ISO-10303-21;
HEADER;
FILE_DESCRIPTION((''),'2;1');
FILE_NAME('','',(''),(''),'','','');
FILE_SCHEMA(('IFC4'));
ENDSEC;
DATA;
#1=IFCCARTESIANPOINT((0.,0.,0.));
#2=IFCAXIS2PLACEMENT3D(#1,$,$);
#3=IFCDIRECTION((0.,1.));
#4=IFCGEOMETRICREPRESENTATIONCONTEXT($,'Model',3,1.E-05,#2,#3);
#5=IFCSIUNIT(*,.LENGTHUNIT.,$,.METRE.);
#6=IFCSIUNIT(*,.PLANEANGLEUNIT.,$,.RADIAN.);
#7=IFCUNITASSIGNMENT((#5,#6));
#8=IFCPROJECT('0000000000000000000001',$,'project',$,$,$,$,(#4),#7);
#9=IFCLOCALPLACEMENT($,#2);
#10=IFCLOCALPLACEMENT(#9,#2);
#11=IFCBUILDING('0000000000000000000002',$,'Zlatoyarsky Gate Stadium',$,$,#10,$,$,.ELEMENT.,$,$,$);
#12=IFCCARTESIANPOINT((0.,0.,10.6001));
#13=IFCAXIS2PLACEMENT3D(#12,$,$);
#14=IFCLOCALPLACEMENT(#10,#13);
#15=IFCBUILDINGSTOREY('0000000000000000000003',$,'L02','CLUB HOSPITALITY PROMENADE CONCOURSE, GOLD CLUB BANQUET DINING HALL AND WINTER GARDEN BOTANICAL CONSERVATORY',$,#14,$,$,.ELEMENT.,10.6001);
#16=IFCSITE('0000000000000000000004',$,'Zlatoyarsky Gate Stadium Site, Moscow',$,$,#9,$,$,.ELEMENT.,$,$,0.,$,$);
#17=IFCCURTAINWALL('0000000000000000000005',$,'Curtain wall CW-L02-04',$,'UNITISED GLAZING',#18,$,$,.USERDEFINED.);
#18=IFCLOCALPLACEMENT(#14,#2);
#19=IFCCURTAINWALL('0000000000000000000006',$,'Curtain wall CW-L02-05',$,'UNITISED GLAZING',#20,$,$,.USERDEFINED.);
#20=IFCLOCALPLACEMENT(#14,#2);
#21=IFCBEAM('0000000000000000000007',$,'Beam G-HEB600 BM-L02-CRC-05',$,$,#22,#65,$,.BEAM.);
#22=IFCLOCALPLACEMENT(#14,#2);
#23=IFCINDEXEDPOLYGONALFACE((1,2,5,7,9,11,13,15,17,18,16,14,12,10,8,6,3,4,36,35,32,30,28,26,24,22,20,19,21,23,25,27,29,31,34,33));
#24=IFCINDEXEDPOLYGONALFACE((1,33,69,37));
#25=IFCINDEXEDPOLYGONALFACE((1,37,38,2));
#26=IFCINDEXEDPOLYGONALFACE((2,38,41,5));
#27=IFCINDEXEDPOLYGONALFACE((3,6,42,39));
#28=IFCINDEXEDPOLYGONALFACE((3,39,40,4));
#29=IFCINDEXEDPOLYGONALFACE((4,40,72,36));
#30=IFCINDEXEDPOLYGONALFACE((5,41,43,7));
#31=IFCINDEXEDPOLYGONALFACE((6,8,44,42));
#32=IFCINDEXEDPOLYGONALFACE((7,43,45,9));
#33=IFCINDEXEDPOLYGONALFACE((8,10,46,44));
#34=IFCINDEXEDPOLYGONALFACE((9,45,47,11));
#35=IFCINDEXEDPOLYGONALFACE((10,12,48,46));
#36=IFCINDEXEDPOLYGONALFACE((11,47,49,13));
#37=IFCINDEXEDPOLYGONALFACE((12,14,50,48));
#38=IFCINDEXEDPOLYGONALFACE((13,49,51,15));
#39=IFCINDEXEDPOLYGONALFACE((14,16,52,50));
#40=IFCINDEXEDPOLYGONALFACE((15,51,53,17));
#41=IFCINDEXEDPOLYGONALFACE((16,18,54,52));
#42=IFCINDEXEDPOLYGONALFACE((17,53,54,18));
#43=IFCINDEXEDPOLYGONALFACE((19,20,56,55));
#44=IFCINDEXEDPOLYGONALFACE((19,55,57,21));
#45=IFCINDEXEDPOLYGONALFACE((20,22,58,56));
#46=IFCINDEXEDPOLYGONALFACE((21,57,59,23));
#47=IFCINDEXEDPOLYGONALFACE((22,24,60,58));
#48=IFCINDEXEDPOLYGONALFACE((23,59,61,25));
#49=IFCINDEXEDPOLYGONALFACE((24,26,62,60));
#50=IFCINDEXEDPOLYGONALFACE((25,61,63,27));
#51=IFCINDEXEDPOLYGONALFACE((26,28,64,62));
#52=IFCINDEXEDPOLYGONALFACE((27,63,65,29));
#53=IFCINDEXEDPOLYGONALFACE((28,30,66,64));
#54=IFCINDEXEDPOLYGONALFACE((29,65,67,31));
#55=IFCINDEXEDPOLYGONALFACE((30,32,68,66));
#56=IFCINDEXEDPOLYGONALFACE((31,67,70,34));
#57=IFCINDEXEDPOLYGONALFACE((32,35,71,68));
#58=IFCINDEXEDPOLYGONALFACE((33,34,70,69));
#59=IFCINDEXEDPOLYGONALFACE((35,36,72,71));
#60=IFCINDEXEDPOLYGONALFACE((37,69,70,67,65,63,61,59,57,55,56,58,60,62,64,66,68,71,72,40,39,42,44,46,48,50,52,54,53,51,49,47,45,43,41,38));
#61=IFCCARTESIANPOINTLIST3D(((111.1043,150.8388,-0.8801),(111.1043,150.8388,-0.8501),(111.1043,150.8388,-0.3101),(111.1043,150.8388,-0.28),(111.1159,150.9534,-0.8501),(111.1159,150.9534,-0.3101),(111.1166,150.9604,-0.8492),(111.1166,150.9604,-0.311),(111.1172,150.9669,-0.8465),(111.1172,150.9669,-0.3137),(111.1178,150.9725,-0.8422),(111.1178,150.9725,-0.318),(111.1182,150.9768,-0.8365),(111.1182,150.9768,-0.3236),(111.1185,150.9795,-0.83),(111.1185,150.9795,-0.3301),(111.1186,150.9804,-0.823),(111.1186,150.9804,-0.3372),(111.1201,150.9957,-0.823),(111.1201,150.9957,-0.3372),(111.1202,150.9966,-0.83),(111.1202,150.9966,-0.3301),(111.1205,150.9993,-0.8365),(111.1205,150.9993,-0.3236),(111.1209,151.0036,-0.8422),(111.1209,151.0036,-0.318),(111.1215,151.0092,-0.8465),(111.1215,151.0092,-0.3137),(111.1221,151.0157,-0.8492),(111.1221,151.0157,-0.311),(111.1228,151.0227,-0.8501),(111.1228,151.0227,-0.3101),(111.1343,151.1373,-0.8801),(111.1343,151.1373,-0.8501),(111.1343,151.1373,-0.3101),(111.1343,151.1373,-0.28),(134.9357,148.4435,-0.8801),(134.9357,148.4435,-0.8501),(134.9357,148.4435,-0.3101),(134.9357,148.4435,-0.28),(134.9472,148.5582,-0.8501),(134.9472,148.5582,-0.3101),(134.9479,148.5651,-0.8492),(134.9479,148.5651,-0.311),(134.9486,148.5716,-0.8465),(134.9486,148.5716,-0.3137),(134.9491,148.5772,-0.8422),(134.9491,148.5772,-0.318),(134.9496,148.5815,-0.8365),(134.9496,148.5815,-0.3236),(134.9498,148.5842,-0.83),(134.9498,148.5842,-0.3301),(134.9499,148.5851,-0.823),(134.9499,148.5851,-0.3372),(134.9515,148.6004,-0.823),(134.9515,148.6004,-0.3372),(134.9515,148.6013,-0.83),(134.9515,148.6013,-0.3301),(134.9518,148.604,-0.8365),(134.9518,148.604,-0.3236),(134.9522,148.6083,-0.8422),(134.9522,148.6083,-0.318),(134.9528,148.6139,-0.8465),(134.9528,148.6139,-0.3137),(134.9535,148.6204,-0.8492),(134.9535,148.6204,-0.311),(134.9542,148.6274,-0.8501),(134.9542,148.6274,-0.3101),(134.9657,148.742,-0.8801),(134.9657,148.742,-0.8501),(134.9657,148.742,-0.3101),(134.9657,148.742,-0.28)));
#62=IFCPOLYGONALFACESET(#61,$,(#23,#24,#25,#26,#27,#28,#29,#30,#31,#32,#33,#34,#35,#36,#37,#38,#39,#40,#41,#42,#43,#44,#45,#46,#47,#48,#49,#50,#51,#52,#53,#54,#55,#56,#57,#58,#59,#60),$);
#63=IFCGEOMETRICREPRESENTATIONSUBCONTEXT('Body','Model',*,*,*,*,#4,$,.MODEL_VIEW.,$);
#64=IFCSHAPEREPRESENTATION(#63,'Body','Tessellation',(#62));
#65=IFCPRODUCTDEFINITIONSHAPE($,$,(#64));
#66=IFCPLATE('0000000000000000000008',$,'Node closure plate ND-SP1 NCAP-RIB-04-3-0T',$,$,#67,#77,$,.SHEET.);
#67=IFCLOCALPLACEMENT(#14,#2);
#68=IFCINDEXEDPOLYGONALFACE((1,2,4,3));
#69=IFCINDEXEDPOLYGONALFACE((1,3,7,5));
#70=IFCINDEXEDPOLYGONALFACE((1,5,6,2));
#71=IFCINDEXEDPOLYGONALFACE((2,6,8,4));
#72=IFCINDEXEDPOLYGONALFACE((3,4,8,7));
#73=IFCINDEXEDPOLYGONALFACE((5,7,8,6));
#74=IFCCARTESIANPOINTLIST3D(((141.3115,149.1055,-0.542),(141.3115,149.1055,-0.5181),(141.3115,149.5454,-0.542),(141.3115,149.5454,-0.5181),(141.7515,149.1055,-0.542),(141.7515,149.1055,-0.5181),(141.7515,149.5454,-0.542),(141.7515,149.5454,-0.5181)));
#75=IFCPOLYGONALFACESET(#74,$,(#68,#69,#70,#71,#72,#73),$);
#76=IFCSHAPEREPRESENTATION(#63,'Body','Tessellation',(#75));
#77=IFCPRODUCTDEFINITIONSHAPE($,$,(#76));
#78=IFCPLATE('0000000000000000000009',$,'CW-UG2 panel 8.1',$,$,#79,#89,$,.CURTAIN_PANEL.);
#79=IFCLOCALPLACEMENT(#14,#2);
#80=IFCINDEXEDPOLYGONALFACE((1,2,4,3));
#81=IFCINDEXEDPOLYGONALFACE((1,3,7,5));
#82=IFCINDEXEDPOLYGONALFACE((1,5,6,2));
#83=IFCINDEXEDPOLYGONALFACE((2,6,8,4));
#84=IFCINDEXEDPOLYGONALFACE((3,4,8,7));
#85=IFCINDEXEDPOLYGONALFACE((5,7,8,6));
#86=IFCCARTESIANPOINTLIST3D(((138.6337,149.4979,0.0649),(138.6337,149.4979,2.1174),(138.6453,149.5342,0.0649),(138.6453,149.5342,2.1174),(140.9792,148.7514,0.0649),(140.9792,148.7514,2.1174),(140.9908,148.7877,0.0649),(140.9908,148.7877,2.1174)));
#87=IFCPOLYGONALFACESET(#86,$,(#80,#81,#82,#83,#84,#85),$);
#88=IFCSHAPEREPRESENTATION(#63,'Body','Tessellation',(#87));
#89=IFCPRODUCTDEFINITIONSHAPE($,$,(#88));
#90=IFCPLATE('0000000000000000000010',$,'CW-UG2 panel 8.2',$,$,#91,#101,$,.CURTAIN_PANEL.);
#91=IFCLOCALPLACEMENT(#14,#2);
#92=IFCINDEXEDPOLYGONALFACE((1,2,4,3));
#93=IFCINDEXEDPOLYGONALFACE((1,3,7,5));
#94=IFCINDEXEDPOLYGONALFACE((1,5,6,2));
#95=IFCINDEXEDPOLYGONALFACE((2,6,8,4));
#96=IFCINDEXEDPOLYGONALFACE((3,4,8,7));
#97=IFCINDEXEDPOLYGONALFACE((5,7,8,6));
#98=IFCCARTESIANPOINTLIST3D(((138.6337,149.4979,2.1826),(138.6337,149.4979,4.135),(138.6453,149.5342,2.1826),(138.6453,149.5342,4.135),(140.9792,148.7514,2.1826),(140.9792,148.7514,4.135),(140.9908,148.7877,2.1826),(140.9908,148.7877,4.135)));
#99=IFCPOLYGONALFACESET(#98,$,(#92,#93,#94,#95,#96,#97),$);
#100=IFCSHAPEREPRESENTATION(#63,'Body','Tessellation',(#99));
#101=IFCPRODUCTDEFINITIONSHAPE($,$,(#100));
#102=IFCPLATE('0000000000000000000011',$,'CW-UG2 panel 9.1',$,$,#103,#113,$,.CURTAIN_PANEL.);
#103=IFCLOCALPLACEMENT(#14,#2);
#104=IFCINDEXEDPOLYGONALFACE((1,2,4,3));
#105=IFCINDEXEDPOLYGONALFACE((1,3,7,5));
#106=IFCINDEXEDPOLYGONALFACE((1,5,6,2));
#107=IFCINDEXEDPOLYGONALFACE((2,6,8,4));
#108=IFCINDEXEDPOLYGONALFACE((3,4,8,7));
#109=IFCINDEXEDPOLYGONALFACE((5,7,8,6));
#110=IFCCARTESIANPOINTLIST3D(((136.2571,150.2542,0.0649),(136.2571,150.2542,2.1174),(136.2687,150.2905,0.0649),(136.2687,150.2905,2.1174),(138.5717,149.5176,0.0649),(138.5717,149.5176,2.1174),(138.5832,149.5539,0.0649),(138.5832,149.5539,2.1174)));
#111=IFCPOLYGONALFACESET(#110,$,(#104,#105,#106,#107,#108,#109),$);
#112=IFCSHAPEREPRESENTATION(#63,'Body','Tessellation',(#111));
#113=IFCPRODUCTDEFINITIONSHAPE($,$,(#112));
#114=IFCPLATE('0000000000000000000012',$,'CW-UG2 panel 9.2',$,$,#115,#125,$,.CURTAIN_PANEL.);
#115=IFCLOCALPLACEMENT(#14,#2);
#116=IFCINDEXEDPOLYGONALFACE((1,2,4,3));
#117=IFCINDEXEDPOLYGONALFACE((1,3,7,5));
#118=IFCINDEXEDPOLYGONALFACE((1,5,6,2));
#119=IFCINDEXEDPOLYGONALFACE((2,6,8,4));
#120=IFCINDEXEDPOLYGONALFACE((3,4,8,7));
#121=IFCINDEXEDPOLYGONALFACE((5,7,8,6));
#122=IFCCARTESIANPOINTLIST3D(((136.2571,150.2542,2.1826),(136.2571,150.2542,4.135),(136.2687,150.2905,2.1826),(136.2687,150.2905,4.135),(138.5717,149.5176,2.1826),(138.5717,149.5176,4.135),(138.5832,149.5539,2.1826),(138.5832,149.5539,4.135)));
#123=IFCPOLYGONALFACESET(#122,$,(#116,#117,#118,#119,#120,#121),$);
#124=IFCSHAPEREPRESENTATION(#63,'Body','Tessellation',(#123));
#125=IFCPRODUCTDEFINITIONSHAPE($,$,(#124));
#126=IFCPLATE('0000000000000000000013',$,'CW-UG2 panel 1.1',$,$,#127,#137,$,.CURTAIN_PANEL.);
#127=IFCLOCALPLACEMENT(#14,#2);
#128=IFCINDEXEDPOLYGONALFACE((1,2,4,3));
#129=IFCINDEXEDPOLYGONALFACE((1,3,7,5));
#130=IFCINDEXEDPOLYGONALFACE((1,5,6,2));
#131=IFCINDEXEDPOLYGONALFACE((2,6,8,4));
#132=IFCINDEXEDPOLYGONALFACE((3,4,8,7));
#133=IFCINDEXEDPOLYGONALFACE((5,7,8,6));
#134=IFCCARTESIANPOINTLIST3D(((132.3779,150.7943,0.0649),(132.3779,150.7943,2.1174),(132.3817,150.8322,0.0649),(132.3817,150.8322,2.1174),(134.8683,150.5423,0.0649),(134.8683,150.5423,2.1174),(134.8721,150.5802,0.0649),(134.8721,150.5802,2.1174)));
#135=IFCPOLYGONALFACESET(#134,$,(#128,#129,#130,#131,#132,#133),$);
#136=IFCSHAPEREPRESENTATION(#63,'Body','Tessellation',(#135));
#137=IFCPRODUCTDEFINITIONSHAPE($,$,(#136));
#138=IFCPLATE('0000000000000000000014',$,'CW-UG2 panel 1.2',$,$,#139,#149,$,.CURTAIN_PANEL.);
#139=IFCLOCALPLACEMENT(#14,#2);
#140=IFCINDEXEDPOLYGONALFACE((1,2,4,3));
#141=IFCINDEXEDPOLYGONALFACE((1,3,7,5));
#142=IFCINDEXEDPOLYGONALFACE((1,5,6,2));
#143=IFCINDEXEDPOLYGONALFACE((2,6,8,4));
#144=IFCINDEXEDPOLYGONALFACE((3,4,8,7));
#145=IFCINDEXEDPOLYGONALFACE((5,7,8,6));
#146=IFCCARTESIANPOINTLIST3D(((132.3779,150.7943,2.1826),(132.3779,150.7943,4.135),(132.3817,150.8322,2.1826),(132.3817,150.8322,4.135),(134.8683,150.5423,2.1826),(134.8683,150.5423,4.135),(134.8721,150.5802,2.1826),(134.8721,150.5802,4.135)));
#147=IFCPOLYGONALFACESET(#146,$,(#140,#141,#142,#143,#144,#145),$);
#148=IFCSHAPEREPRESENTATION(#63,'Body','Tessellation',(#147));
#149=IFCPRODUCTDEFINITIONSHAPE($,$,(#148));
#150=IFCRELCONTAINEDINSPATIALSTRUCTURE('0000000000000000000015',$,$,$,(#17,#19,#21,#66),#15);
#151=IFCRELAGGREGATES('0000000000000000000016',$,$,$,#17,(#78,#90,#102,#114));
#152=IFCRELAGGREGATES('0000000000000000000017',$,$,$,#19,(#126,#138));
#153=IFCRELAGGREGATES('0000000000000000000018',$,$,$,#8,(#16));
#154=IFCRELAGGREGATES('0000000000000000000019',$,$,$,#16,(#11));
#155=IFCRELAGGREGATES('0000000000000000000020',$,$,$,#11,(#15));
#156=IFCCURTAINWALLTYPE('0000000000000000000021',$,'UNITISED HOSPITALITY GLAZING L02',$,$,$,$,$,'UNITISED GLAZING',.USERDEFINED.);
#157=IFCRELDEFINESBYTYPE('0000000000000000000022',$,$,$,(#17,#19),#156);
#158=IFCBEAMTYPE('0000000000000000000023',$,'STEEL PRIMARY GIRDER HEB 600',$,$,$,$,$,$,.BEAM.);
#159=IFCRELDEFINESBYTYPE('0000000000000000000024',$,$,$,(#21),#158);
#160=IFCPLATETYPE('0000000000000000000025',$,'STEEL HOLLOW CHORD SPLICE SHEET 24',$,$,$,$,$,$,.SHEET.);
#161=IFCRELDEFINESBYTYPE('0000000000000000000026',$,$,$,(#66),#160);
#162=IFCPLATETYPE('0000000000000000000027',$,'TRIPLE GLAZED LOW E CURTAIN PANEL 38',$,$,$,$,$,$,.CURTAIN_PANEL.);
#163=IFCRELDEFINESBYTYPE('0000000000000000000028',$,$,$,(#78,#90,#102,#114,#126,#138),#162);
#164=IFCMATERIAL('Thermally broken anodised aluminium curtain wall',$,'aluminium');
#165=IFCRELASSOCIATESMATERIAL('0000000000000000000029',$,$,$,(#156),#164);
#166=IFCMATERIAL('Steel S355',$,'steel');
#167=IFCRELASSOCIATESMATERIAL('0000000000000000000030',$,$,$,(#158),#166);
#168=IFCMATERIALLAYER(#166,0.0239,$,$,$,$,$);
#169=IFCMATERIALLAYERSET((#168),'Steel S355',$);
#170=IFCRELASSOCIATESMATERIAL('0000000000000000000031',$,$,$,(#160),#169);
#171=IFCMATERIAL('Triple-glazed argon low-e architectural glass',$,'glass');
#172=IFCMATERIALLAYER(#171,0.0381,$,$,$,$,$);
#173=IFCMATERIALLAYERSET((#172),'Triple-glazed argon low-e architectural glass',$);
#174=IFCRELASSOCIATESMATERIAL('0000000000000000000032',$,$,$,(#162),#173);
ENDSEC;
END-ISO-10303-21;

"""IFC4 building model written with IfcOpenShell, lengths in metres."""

from ifc_helpers import new_model, si_unit, direction, frame, origin, origin_2d, place, context, subcontext, project, spatial, rectangle, i_section, extrude, material, layer, layer_set, material_profile, profile_set, type_object, element, aggregate, save


model = new_model("IFC4")

# Units and contexts
model_context = context("Model", 3, precision=1e-05, world=origin(), true_north=direction((0.0, 1.0)))
body_context = subcontext(model_context, "Body", "Model", "MODEL_VIEW")
ifc_project = project(units=[si_unit("LENGTHUNIT", "METRE"), si_unit("PLANEANGLEUNIT", "RADIAN")], contexts=[model_context])

# Site, building, storey
site_placement = place(None, origin())
site = spatial("IfcSite", under=ifc_project, at=site_placement, Name="Zlatoyarsky Gate Stadium Site, Moscow", CompositionType="ELEMENT", RefElevation=0.0)
building_placement = place(site_placement, origin())
building = spatial("IfcBuilding", under=site, at=building_placement, Name="Zlatoyarsky Gate Stadium", CompositionType="ELEMENT")
storey_placement = place(building_placement, frame((0.0, 0.0, 10.6001)))
storey = spatial("IfcBuildingStorey", under=building, at=storey_placement, Name="L02", Description="CLUB HOSPITALITY PROMENADE CONCOURSE, GOLD CLUB BANQUET DINING HALL AND WINTER GARDEN BOTANICAL CONSERVATORY", CompositionType="ELEMENT", Elevation=10.6001)

# Shared definitions
ifc_material_1 = material(Name="Steel S355", Category="steel")

# Curtain walls
ifc_material_2 = material(Name="Thermally broken anodised aluminium curtain wall", Category="aluminium")
curtain_wall_type = type_object("IfcCurtainWallType", Name="UNITISED HOSPITALITY GLAZING L02", ElementType="UNITISED GLAZING", PredefinedType="USERDEFINED", material=ifc_material_2)
curtain_wall_1_placement = place(storey_placement, origin())
curtain_wall_1 = element("IfcCurtainWall", 1, at=curtain_wall_1_placement, inside=storey, type_object=curtain_wall_type, Name="Curtain wall CW-L02-04", ObjectType="UNITISED GLAZING", PredefinedType="USERDEFINED")
curtain_wall_2_placement = place(storey_placement, origin())
curtain_wall_2 = element("IfcCurtainWall", 2, at=curtain_wall_2_placement, inside=storey, type_object=curtain_wall_type, Name="Curtain wall CW-L02-05", ObjectType="UNITISED GLAZING", PredefinedType="USERDEFINED")

# Beam
ifc_material_profile_1 = material_profile(ifc_material_1, i_section(OverallWidth=0.3, OverallDepth=0.6001, WebThickness=0.0154, FlangeThickness=0.03, FilletRadius=0.0271, at=origin_2d()), Name="HEB 600")
ifc_profile_set_1 = profile_set([ifc_material_profile_1], Name="Steel S355")
beam_type_1 = type_object("IfcBeamType", Name="STEEL PRIMARY GIRDER HEB 600", PredefinedType="BEAM", material=ifc_profile_set_1)
beam_1_placement = place(storey_placement, frame((134.9507, 148.5928, -0.5801), z_axis=(-0.994987, 0.100005, 0.0), x_axis=(-0.100005, -0.994987, 0.0)))
element("IfcBeam", 3, at=beam_1_placement, inside=storey, type_object=beam_type_1, Name="Beam G-HEB600 BM-L02-CRC-05", PredefinedType="BEAM", context=body_context, shape_type="SweptSolid", body=[
    extrude(i_section(OverallWidth=0.3, OverallDepth=0.6001, WebThickness=0.0154, FlangeThickness=0.03, FilletRadius=0.0271, at=origin_2d()), origin(), (0.0, 0.0, 1.0), 23.9514),
])

# Plates
ifc_layer_1 = layer(ifc_material_1, 0.0239)
ifc_layer_set_1 = layer_set([ifc_layer_1], Name="Steel S355")
plate_type_1 = type_object("IfcPlateType", Name="STEEL HOLLOW CHORD SPLICE SHEET 24", PredefinedType="SHEET", material=ifc_layer_set_1)
plate_1_placement = place(storey_placement, frame((141.5315, 149.3254, -0.542), z_axis=(0.0, 0.0, 1.0), x_axis=(1.0, 0.0, 0.0)))
element("IfcPlate", 4, at=plate_1_placement, inside=storey, type_object=plate_type_1, Name="Node closure plate ND-SP1 NCAP-RIB-04-3-0T", PredefinedType="SHEET", context=body_context, shape_type="SweptSolid", body=[
    extrude(rectangle(XDim=0.4399, YDim=0.4399, at=origin_2d()), origin(), (0.0, 0.0, 1.0), 0.0239),
])
ifc_material_3 = material(Name="Triple-glazed argon low-e architectural glass", Category="glass")
ifc_layer_2 = layer(ifc_material_3, 0.0381)
ifc_layer_set_2 = layer_set([ifc_layer_2], Name="Triple-glazed argon low-e architectural glass")
plate_type_2 = type_object("IfcPlateType", Name="TRIPLE GLAZED LOW E CURTAIN PANEL 38", PredefinedType="CURTAIN_PANEL", material=ifc_layer_set_2)
plate_2_placement = place(storey_placement, frame((139.8123, 149.1428, 0.0649), z_axis=(0.0, 0.0, 1.0), x_axis=(-0.952902, 0.303278, 0.0)))
plate_2 = element("IfcPlate", 5, at=plate_2_placement, type_object=plate_type_2, Name="CW-UG2 panel 8.1", PredefinedType="CURTAIN_PANEL", context=body_context, shape_type="SweptSolid", body=[
    extrude(rectangle(XDim=2.4614, YDim=0.0381, at=origin_2d()), origin(), (0.0, 0.0, 1.0), 2.0525),
])
plate_3_placement = place(storey_placement, frame((139.8123, 149.1428, 2.1826), z_axis=(0.0, 0.0, 1.0), x_axis=(-0.952902, 0.303278, 0.0)))
plate_3 = element("IfcPlate", 6, at=plate_3_placement, type_object=plate_type_2, Name="CW-UG2 panel 8.2", PredefinedType="CURTAIN_PANEL", context=body_context, shape_type="SweptSolid", body=[
    extrude(rectangle(XDim=2.4614, YDim=0.0381, at=origin_2d()), origin(), (0.0, 0.0, 1.0), 1.9524),
])
plate_4_placement = place(storey_placement, frame((137.4202, 149.9041, 0.0649), z_axis=(0.0, 0.0, 1.0), x_axis=(-0.952902, 0.303278, 0.0)))
plate_4 = element("IfcPlate", 7, at=plate_4_placement, type_object=plate_type_2, Name="CW-UG2 panel 9.1", PredefinedType="CURTAIN_PANEL", context=body_context, shape_type="SweptSolid", body=[
    extrude(rectangle(XDim=2.429, YDim=0.0381, at=origin_2d()), origin(), (0.0, 0.0, 1.0), 2.0525),
])
plate_5_placement = place(storey_placement, frame((137.4202, 149.9041, 2.1826), z_axis=(0.0, 0.0, 1.0), x_axis=(-0.952902, 0.303278, 0.0)))
plate_5 = element("IfcPlate", 8, at=plate_5_placement, type_object=plate_type_2, Name="CW-UG2 panel 9.2", PredefinedType="CURTAIN_PANEL", context=body_context, shape_type="SweptSolid", body=[
    extrude(rectangle(XDim=2.429, YDim=0.0381, at=origin_2d()), origin(), (0.0, 0.0, 1.0), 1.9524),
])
aggregate(curtain_wall_1, [plate_2, plate_3, plate_4, plate_5])
plate_6_placement = place(storey_placement, frame((133.625, 150.6873, 0.0649), z_axis=(0.0, 0.0, 1.0), x_axis=(-0.994922, 0.100645, 0.0)))
plate_6 = element("IfcPlate", 9, at=plate_6_placement, type_object=plate_type_2, Name="CW-UG2 panel 1.1", PredefinedType="CURTAIN_PANEL", context=body_context, shape_type="SweptSolid", body=[
    extrude(rectangle(XDim=2.5032, YDim=0.0381, at=origin_2d()), origin(), (0.0, 0.0, 1.0), 2.0525),
])
plate_7_placement = place(storey_placement, frame((133.625, 150.6873, 2.1826), z_axis=(0.0, 0.0, 1.0), x_axis=(-0.994922, 0.100645, 0.0)))
plate_7 = element("IfcPlate", 10, at=plate_7_placement, type_object=plate_type_2, Name="CW-UG2 panel 1.2", PredefinedType="CURTAIN_PANEL", context=body_context, shape_type="SweptSolid", body=[
    extrude(rectangle(XDim=2.5032, YDim=0.0381, at=origin_2d()), origin(), (0.0, 0.0, 1.0), 1.9524),
])
aggregate(curtain_wall_2, [plate_6, plate_7])

save(model, "model.ifc")
